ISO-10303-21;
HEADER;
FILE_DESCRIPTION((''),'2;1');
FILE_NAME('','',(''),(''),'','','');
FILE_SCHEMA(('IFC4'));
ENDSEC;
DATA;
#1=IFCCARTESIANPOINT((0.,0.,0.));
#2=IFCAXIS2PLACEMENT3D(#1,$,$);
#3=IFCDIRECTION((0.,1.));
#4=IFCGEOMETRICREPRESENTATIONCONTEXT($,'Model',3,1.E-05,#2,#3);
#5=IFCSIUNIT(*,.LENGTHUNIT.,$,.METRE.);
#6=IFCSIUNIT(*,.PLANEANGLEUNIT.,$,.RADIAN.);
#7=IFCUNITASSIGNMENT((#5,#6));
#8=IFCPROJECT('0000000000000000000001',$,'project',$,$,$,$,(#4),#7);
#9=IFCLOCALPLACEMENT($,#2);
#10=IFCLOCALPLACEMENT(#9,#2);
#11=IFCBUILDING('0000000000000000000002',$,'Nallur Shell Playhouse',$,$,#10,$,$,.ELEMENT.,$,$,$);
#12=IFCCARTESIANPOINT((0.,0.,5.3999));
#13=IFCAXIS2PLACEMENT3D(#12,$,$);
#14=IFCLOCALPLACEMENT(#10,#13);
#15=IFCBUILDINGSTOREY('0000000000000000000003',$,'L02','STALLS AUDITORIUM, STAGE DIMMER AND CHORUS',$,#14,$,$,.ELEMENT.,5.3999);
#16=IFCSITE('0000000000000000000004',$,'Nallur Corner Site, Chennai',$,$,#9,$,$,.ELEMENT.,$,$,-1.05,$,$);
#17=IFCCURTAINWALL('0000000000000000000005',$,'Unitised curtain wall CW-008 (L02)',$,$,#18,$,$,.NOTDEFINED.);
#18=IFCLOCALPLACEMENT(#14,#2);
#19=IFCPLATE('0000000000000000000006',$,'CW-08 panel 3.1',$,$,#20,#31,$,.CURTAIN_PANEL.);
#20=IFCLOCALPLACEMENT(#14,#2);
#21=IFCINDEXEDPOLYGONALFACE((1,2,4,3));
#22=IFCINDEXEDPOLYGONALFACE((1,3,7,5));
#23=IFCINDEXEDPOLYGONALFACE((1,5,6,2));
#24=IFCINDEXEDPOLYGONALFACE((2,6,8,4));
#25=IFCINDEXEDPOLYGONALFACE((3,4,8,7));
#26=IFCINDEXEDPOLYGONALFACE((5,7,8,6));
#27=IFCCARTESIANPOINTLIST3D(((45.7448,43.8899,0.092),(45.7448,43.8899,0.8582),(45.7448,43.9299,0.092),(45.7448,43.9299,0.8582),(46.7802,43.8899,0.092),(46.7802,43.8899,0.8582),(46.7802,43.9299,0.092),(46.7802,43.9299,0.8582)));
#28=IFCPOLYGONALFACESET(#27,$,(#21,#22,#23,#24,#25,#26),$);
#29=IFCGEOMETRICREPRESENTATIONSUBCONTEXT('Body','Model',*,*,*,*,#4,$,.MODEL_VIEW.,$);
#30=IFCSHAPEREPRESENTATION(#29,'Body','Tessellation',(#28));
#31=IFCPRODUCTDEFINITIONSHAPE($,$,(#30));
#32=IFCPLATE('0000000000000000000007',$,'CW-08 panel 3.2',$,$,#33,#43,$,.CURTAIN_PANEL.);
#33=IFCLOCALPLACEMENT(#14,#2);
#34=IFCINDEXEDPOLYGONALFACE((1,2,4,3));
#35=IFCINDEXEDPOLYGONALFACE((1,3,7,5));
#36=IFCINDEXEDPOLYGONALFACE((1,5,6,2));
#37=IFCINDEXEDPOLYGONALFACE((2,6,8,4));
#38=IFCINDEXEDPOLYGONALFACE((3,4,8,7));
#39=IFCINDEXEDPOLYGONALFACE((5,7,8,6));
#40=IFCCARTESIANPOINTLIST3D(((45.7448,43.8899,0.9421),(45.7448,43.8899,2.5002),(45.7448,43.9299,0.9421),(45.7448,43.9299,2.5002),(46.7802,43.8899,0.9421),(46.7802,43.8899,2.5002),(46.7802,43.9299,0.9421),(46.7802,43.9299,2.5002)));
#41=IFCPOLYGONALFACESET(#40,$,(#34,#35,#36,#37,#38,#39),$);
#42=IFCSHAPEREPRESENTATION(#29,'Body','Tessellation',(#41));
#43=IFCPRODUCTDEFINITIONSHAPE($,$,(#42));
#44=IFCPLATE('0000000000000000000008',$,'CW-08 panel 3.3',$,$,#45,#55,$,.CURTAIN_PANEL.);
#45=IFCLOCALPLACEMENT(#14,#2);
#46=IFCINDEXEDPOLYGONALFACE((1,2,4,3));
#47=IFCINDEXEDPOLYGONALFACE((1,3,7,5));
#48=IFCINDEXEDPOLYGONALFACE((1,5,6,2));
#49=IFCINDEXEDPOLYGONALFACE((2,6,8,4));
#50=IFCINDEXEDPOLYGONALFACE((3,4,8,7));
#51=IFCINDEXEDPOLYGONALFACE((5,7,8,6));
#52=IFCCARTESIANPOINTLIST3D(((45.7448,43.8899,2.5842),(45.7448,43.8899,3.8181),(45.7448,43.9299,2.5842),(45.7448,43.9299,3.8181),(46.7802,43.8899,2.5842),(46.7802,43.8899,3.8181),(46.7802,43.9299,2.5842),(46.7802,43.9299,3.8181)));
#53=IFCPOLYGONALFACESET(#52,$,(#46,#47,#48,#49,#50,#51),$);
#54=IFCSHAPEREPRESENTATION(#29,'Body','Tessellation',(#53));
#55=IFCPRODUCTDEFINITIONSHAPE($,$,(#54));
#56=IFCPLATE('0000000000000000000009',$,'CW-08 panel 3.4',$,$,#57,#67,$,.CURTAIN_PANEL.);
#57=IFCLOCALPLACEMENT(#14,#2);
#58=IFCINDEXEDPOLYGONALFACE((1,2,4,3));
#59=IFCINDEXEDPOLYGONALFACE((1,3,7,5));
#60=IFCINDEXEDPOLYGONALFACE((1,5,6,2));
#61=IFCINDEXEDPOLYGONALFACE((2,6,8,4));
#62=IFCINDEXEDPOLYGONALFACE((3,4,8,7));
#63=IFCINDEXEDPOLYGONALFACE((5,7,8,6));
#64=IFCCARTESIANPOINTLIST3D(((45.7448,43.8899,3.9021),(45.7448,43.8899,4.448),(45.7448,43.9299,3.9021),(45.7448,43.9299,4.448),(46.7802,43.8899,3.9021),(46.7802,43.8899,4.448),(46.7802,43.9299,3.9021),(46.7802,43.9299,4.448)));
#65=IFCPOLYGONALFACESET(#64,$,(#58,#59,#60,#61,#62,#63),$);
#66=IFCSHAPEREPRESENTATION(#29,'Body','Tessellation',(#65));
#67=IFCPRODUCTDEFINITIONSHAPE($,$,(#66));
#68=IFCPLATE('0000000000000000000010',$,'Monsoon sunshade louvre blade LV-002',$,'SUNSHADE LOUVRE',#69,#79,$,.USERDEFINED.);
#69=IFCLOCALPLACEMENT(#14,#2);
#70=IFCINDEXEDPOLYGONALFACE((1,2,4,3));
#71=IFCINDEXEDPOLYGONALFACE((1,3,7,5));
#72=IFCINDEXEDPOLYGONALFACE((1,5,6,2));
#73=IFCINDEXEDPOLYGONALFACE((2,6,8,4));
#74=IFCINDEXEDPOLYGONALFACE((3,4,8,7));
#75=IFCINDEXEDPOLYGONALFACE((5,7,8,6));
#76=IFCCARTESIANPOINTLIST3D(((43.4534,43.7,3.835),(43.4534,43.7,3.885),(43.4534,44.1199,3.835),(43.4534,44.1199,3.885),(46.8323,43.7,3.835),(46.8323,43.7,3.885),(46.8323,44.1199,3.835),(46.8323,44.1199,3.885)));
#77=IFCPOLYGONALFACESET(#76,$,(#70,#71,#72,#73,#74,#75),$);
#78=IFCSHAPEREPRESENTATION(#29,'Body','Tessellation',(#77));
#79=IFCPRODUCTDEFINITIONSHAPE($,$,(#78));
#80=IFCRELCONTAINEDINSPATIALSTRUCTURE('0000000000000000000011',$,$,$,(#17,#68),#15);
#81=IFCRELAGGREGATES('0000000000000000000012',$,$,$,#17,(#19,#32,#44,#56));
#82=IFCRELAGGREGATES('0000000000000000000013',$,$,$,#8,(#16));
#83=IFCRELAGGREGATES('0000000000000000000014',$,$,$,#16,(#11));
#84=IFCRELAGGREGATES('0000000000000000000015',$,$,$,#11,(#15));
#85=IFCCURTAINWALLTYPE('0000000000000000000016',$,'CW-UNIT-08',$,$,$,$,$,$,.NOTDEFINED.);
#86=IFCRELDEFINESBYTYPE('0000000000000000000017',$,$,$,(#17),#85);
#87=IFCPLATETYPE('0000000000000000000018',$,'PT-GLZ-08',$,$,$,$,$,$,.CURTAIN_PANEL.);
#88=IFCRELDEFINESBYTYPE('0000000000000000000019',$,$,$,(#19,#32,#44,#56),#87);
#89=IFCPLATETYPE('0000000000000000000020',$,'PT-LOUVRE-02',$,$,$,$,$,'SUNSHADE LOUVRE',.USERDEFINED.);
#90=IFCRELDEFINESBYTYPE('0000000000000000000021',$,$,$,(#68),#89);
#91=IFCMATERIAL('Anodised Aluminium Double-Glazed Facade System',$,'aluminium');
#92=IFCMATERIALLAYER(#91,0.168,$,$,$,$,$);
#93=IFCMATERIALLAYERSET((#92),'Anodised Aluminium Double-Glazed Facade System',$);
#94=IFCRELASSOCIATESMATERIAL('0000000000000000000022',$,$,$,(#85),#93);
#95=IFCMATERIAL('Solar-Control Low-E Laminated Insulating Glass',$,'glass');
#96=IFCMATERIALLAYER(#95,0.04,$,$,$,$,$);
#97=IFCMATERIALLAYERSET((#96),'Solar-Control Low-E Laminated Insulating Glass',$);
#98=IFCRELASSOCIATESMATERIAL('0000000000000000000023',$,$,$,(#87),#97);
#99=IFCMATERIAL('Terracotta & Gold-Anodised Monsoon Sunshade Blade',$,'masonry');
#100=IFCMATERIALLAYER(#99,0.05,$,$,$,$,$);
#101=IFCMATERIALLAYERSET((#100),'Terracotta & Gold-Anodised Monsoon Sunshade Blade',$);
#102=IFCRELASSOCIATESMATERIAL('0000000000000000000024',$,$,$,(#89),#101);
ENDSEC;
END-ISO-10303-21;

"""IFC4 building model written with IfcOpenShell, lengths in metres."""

from ifc_helpers import new_model, si_unit, direction, frame, origin, origin_2d, place, context, subcontext, project, spatial, rectangle, extrude, material, layer, layer_set, type_object, element, aggregate, save


model = new_model("IFC4")

# Units and contexts
model_context = context("Model", 3, precision=1e-05, world=origin(), true_north=direction((0.0, 1.0)))
body_context = subcontext(model_context, "Body", "Model", "MODEL_VIEW")
ifc_project = project(units=[si_unit("LENGTHUNIT", "METRE"), si_unit("PLANEANGLEUNIT", "RADIAN")], contexts=[model_context])

# Site, building, storey
site_placement = place(None, origin())
site = spatial("IfcSite", under=ifc_project, at=site_placement, Name="Nallur Corner Site, Chennai", CompositionType="ELEMENT", RefElevation=-1.05)
building_placement = place(site_placement, origin())
building = spatial("IfcBuilding", under=site, at=building_placement, Name="Nallur Shell Playhouse", CompositionType="ELEMENT")
storey_placement = place(building_placement, frame((0.0, 0.0, 5.3999)))
storey = spatial("IfcBuildingStorey", under=building, at=storey_placement, Name="L02", Description="STALLS AUDITORIUM, STAGE DIMMER AND CHORUS", CompositionType="ELEMENT", Elevation=5.3999)

# Curtain wall
ifc_material_1 = material(Name="Anodised Aluminium Double-Glazed Facade System", Category="aluminium")
ifc_layer_1 = layer(ifc_material_1, 0.168)
ifc_layer_set_1 = layer_set([ifc_layer_1], Name="Anodised Aluminium Double-Glazed Facade System")
curtain_wall_type_1 = type_object("IfcCurtainWallType", Name="CW-UNIT-08", PredefinedType="NOTDEFINED", material=ifc_layer_set_1)
curtain_wall_1_placement = place(storey_placement, origin())
curtain_wall_1 = element("IfcCurtainWall", 1, at=curtain_wall_1_placement, inside=storey, type_object=curtain_wall_type_1, Name="Unitised curtain wall CW-008 (L02)", PredefinedType="NOTDEFINED")

# Plates
ifc_material_2 = material(Name="Solar-Control Low-E Laminated Insulating Glass", Category="glass")
ifc_layer_2 = layer(ifc_material_2, 0.04)
ifc_layer_set_2 = layer_set([ifc_layer_2], Name="Solar-Control Low-E Laminated Insulating Glass")
plate_type_1 = type_object("IfcPlateType", Name="PT-GLZ-08", PredefinedType="CURTAIN_PANEL", material=ifc_layer_set_2)
plate_1_placement = place(storey_placement, frame((46.2625, 43.9099, 0.092), z_axis=(0.0, 0.0, 1.0), x_axis=(1.0, 0.0, 0.0)))
plate_1 = element("IfcPlate", 2, at=plate_1_placement, type_object=plate_type_1, Name="CW-08 panel 3.1", PredefinedType="CURTAIN_PANEL", context=body_context, shape_type="SweptSolid", body=[
    extrude(rectangle(XDim=1.0354, YDim=0.04, at=origin_2d()), origin(), (0.0, 0.0, 1.0), 0.7661),
])
plate_2_placement = place(storey_placement, frame((46.2625, 43.9099, 0.9421), z_axis=(0.0, 0.0, 1.0), x_axis=(1.0, 0.0, 0.0)))
plate_2 = element("IfcPlate", 3, at=plate_2_placement, type_object=plate_type_1, Name="CW-08 panel 3.2", PredefinedType="CURTAIN_PANEL", context=body_context, shape_type="SweptSolid", body=[
    extrude(rectangle(XDim=1.0354, YDim=0.04, at=origin_2d()), origin(), (0.0, 0.0, 1.0), 1.5581),
])
plate_3_placement = place(storey_placement, frame((46.2625, 43.9099, 2.5842), z_axis=(0.0, 0.0, 1.0), x_axis=(1.0, 0.0, 0.0)))
plate_3 = element("IfcPlate", 4, at=plate_3_placement, type_object=plate_type_1, Name="CW-08 panel 3.3", PredefinedType="CURTAIN_PANEL", context=body_context, shape_type="SweptSolid", body=[
    extrude(rectangle(XDim=1.0354, YDim=0.04, at=origin_2d()), origin(), (0.0, 0.0, 1.0), 1.2339),
])
plate_4_placement = place(storey_placement, frame((46.2625, 43.9099, 3.9021), z_axis=(0.0, 0.0, 1.0), x_axis=(1.0, 0.0, 0.0)))
plate_4 = element("IfcPlate", 5, at=plate_4_placement, type_object=plate_type_1, Name="CW-08 panel 3.4", PredefinedType="CURTAIN_PANEL", context=body_context, shape_type="SweptSolid", body=[
    extrude(rectangle(XDim=1.0354, YDim=0.04, at=origin_2d()), origin(), (0.0, 0.0, 1.0), 0.5459),
])
aggregate(curtain_wall_1, [plate_1, plate_2, plate_3, plate_4])
ifc_material_3 = material(Name="Terracotta & Gold-Anodised Monsoon Sunshade Blade", Category="masonry")
ifc_layer_3 = layer(ifc_material_3, 0.05)
ifc_layer_set_3 = layer_set([ifc_layer_3], Name="Terracotta & Gold-Anodised Monsoon Sunshade Blade")
plate_type_2 = type_object("IfcPlateType", Name="PT-LOUVRE-02", ElementType="SUNSHADE LOUVRE", PredefinedType="USERDEFINED", material=ifc_layer_set_3)
plate_5_placement = place(storey_placement, frame((45.1428, 43.9099, 3.835), z_axis=(0.0, 0.0, 1.0), x_axis=(1.0, 0.0, 0.0)))
element("IfcPlate", 6, at=plate_5_placement, inside=storey, type_object=plate_type_2, Name="Monsoon sunshade louvre blade LV-002", ObjectType="SUNSHADE LOUVRE", PredefinedType="USERDEFINED", context=body_context, shape_type="SweptSolid", body=[
    extrude(rectangle(XDim=3.3789, YDim=0.4199, at=origin_2d()), origin(), (0.0, 0.0, 1.0), 0.05),
])

save(model, "model.ifc")
